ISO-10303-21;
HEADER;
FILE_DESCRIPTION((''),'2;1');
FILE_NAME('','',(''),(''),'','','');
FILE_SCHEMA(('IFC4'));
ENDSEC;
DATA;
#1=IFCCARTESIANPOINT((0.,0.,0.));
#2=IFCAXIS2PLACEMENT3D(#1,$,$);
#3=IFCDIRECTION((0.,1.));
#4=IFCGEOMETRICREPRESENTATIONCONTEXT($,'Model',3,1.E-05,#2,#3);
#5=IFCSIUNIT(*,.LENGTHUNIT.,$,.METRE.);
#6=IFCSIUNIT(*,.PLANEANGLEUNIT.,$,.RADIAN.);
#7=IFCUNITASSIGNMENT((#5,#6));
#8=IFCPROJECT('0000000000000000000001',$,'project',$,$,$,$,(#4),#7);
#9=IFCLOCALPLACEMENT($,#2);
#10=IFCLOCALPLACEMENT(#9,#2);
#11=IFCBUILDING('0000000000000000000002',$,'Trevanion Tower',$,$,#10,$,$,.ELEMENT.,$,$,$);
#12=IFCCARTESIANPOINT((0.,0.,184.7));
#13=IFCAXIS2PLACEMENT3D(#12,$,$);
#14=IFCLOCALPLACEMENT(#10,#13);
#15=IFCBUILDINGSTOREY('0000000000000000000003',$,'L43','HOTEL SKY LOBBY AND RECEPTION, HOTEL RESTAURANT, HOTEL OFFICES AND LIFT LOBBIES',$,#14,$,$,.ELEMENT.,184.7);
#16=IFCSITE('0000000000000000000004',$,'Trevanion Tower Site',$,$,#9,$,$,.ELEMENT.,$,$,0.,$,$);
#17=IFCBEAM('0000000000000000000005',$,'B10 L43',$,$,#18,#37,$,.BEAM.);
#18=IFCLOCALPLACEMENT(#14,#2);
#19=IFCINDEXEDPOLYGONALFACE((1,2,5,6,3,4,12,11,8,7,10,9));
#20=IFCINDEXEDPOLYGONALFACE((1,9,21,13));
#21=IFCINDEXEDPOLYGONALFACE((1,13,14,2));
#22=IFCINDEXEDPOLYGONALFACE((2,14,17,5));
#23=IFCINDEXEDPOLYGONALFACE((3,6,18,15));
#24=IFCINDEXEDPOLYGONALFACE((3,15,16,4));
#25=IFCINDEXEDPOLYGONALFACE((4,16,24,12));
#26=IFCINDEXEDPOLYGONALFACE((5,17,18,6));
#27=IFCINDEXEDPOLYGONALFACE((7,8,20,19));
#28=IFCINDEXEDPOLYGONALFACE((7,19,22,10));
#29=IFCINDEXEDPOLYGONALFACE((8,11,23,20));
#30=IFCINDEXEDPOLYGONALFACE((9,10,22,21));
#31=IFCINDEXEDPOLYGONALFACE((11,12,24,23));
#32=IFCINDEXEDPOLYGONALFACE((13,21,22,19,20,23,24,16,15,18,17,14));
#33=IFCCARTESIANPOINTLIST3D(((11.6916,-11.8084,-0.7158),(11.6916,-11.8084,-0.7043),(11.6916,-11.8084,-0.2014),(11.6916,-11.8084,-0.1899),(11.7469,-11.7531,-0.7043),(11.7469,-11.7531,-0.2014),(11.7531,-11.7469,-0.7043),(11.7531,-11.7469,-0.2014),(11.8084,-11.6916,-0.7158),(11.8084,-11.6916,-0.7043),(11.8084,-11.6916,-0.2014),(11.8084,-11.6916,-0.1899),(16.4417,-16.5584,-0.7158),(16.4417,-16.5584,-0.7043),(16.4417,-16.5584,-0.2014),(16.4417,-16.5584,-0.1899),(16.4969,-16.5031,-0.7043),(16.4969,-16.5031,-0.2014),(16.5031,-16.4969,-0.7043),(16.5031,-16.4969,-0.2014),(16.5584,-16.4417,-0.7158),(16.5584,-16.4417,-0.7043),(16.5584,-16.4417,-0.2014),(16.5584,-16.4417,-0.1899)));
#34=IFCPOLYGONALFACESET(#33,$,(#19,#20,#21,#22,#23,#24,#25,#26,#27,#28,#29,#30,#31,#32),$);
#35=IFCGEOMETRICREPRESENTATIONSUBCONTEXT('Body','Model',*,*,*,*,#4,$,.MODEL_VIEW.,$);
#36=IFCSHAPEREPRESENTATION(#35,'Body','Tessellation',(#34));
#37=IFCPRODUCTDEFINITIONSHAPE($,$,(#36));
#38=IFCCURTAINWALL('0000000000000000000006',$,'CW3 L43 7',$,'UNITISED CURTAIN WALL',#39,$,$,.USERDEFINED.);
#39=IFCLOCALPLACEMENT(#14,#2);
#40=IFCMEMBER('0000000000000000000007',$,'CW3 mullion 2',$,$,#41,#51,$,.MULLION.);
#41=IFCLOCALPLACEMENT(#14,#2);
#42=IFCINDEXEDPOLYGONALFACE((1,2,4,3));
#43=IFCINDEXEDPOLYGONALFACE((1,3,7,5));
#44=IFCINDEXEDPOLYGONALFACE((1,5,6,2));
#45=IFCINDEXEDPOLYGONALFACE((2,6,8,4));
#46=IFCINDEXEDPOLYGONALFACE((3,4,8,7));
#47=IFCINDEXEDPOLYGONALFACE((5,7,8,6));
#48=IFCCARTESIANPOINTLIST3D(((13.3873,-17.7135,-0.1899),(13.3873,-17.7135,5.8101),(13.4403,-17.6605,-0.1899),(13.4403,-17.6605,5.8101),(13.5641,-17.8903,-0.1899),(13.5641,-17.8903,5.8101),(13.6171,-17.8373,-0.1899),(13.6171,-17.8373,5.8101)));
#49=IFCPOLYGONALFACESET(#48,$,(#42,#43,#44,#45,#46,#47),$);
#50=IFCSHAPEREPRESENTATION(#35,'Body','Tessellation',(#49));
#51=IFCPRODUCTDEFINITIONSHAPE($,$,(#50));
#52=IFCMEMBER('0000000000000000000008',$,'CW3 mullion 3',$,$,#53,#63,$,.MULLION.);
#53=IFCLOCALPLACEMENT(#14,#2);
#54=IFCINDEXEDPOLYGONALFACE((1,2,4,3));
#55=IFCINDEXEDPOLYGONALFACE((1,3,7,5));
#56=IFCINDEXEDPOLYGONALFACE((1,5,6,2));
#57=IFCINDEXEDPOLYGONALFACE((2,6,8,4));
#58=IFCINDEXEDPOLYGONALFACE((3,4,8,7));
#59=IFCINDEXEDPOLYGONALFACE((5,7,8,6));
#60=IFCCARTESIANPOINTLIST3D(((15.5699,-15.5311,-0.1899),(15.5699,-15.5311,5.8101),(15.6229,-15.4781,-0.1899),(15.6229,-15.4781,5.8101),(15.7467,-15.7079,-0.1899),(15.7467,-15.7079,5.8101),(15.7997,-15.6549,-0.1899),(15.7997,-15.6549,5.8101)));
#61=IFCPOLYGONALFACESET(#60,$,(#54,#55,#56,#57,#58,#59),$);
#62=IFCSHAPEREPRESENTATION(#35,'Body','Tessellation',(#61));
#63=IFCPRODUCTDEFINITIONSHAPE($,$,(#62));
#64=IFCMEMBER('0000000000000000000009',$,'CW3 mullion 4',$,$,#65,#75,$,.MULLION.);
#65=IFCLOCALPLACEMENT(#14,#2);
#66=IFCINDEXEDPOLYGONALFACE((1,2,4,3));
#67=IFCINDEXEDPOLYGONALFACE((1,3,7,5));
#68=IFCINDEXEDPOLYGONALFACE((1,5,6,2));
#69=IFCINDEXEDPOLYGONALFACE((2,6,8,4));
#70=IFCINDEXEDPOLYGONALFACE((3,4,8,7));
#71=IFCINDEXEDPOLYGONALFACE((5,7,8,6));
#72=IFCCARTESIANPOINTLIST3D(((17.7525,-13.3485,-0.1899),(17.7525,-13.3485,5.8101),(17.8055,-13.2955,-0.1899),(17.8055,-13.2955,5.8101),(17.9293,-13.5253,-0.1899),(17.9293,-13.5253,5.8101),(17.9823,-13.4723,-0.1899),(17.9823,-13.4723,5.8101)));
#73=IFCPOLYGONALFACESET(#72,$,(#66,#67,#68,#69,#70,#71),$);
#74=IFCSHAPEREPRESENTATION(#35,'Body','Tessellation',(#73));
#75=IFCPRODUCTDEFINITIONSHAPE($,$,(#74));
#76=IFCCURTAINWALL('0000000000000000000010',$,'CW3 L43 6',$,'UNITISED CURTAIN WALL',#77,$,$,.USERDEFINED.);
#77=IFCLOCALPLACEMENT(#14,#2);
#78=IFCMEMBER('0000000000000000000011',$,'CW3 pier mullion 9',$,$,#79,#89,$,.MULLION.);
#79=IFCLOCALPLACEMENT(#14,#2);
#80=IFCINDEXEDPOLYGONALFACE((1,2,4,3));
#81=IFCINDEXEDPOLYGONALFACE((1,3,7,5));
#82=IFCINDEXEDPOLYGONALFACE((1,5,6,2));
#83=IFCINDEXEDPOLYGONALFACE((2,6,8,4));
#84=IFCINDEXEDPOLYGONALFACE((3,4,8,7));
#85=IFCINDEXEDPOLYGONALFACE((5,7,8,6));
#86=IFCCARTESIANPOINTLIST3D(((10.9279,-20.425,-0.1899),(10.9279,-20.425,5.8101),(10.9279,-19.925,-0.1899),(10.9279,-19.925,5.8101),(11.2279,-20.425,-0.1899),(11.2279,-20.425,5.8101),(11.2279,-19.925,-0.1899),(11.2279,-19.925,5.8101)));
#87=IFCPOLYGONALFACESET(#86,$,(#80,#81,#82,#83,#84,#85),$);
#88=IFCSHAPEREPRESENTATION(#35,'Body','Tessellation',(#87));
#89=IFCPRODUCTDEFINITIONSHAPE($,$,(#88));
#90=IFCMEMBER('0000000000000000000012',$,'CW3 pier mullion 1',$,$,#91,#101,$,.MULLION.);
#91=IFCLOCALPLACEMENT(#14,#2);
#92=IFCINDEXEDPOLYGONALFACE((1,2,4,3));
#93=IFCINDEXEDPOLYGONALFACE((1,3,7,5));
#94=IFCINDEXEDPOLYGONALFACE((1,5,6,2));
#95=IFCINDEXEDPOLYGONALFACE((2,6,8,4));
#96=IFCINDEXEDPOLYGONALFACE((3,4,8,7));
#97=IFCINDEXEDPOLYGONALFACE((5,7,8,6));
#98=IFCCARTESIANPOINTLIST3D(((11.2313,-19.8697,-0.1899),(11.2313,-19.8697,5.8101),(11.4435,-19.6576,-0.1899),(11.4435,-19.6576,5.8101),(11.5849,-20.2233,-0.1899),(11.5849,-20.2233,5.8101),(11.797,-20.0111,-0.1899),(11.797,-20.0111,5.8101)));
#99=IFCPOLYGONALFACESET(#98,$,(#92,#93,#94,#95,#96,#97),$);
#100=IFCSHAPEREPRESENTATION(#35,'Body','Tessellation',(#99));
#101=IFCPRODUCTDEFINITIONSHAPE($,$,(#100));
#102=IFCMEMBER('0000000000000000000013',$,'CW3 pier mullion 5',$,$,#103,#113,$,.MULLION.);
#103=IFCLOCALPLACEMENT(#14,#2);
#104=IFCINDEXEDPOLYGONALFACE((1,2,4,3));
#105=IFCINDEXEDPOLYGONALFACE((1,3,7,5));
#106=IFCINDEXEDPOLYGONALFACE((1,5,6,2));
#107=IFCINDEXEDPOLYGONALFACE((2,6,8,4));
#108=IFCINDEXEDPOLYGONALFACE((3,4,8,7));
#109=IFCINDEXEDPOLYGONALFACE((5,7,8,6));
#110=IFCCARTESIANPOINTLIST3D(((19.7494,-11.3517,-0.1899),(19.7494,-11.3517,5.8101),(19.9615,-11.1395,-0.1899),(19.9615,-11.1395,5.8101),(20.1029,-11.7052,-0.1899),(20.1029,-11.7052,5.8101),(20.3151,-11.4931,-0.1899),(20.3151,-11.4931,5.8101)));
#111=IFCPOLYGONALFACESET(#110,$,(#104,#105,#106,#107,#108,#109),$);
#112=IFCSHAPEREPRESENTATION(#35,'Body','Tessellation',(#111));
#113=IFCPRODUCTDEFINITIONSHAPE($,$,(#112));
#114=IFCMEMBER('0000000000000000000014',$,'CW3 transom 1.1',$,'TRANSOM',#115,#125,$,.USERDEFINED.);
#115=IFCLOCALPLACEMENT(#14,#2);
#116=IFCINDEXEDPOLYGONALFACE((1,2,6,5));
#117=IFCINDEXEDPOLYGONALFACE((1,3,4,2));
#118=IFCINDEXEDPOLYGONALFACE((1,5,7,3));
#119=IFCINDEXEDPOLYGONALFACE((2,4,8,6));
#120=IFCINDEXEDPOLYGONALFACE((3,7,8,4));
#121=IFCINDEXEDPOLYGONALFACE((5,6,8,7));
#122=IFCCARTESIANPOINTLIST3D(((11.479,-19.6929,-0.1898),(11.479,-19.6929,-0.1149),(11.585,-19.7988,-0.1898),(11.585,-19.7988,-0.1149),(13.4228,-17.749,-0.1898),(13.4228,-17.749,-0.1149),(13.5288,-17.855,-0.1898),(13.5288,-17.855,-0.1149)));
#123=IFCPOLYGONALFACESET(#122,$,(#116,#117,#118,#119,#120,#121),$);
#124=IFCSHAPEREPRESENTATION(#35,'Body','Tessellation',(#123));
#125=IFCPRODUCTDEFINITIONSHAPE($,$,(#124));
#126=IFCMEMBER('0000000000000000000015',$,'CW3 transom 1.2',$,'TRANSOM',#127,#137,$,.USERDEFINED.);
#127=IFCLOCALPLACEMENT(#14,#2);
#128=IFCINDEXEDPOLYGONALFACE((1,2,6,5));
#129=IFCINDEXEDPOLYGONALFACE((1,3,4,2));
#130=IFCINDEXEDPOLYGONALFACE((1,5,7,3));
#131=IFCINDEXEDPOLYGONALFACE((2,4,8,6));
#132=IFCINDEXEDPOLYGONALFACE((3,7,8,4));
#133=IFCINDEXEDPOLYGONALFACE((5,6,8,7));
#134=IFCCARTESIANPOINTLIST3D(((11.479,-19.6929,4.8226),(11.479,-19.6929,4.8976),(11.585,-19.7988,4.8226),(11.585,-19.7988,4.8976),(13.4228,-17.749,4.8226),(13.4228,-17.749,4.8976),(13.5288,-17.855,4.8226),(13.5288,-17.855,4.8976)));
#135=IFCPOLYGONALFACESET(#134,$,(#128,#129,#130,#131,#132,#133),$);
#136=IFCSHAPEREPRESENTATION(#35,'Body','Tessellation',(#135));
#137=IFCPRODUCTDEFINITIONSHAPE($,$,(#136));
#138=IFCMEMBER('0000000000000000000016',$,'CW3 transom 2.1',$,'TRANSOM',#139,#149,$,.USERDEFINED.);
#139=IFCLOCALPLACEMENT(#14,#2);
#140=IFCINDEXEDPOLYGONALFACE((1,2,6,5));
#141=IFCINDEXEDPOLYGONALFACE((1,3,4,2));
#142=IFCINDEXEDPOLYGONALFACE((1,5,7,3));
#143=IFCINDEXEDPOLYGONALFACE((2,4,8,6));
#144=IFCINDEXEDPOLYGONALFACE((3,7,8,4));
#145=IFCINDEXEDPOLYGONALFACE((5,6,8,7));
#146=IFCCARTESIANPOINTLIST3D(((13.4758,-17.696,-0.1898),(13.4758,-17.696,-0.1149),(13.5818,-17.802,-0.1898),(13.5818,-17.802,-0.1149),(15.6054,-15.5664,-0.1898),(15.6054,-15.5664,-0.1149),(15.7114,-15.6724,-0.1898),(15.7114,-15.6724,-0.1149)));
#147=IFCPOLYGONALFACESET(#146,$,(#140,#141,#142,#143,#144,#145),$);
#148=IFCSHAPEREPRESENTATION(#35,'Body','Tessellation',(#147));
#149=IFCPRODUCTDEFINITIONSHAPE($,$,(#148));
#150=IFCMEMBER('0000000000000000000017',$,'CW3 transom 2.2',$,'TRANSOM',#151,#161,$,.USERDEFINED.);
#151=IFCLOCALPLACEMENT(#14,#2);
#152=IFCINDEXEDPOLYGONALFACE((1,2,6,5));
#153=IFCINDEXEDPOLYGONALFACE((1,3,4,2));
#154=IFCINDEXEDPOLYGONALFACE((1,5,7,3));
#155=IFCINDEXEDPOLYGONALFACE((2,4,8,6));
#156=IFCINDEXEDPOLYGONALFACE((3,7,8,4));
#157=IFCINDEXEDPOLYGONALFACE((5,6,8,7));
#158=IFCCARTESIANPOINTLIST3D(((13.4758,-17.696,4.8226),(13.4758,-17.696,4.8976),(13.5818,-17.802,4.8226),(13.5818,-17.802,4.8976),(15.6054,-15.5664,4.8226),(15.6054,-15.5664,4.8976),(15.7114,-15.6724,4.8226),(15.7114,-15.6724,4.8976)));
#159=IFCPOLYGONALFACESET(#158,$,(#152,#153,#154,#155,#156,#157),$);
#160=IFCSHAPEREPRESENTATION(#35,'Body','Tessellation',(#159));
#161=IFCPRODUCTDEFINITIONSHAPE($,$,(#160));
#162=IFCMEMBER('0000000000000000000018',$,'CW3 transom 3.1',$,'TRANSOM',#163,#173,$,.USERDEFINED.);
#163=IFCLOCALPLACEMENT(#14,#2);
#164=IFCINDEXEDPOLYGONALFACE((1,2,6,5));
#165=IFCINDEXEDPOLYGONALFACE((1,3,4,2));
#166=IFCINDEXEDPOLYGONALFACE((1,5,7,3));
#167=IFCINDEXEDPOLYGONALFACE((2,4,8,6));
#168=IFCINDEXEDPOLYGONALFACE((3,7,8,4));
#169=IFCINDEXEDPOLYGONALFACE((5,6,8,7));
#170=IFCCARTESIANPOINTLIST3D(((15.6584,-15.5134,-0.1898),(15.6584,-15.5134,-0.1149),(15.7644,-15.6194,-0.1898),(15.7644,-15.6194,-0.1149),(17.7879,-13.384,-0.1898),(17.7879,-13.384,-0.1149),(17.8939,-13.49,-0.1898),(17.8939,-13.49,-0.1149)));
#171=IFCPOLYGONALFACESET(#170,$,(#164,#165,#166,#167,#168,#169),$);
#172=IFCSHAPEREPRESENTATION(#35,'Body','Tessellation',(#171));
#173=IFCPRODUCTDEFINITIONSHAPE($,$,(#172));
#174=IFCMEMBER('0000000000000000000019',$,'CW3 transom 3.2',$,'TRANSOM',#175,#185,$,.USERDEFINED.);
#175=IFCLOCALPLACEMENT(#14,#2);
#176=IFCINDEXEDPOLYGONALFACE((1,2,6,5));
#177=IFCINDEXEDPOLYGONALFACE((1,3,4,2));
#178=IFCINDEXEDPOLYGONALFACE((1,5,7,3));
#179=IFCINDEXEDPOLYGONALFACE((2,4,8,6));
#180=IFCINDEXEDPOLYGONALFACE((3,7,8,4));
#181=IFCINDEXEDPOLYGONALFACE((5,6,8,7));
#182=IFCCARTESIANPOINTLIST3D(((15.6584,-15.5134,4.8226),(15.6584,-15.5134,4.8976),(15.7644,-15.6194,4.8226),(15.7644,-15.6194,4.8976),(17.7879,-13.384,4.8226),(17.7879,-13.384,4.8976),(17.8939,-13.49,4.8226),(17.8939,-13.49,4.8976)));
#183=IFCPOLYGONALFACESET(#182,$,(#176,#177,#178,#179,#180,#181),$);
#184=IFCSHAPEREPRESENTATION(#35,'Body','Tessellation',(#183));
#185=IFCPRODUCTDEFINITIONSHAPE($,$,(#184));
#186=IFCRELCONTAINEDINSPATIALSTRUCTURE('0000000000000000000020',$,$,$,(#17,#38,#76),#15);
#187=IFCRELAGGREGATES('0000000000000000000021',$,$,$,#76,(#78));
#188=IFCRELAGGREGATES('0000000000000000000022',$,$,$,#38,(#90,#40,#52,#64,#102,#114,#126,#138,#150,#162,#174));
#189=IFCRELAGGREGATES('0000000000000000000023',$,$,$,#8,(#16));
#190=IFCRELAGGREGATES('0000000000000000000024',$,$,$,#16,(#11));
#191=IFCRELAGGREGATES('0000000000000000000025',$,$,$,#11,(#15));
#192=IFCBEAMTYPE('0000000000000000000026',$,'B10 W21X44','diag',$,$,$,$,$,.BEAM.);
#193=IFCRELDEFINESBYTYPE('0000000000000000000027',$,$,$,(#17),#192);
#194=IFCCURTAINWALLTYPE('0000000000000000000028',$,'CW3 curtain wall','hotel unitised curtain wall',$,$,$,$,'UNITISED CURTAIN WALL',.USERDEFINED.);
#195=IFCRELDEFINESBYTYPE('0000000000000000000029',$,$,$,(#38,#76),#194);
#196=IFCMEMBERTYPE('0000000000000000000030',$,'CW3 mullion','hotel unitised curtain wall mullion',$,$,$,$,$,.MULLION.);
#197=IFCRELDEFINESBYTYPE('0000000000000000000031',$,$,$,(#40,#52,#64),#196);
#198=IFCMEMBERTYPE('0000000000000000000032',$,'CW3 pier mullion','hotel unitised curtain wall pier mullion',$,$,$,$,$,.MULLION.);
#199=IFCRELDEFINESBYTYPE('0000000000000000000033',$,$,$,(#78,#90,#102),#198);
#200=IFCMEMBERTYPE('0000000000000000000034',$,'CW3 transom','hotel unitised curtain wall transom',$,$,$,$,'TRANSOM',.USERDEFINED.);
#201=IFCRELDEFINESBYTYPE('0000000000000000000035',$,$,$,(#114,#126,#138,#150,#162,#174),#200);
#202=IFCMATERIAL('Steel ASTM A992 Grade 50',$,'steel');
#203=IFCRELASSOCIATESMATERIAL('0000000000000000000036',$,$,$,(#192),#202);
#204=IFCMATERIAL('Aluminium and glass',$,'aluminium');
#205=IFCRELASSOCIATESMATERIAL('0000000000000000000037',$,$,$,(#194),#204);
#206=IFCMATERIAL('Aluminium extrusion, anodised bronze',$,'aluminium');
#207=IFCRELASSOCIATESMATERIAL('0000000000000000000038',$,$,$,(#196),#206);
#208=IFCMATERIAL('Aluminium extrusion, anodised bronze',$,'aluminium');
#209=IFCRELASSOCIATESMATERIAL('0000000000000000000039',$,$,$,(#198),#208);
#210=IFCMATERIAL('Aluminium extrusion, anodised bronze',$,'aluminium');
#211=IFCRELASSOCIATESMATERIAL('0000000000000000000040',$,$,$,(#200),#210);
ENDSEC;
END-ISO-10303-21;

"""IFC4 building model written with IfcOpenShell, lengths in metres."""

from ifc_helpers import new_model, si_unit, direction, frame, origin, origin_2d, place, context, subcontext, project, spatial, rectangle, i_section, extrude, material, material_profile, profile_set, type_object, element, aggregate, save


model = new_model("IFC4")

# Units and contexts
model_context = context("Model", 3, precision=1e-05, world=origin(), true_north=direction((0.0, 1.0)))
body_context = subcontext(model_context, "Body", "Model", "MODEL_VIEW")
ifc_project = project(units=[si_unit("LENGTHUNIT", "METRE"), si_unit("PLANEANGLEUNIT", "RADIAN")], contexts=[model_context])

# Site, building, storey
site_placement = place(None, origin())
site = spatial("IfcSite", under=ifc_project, at=site_placement, Name="Trevanion Tower Site", CompositionType="ELEMENT", RefElevation=0.0)
building_placement = place(site_placement, origin())
building = spatial("IfcBuilding", under=site, at=building_placement, Name="Trevanion Tower", CompositionType="ELEMENT")
storey_placement = place(building_placement, frame((0.0, 0.0, 184.7)))
storey = spatial("IfcBuildingStorey", under=building, at=storey_placement, Name="L43", Description="HOTEL SKY LOBBY AND RECEPTION, HOTEL RESTAURANT, HOTEL OFFICES AND LIFT LOBBIES", CompositionType="ELEMENT", Elevation=184.7)

# Beam
ifc_material_1 = material(Name="Steel ASTM A992 Grade 50", Category="steel")
ifc_material_profile_1 = material_profile(ifc_material_1, i_section(OverallWidth=0.165, OverallDepth=0.5259, WebThickness=0.0088, FlangeThickness=0.0115, at=origin_2d()), Name="W21X44")
ifc_profile_set_1 = profile_set([ifc_material_profile_1], Name="Steel ASTM A992 Grade 50")
beam_type = type_object("IfcBeamType", Name="B10 W21X44", Description="diag", PredefinedType="BEAM", material=ifc_profile_set_1)
beam_placement = place(storey_placement, frame((11.75, -11.75, -0.4529), z_axis=(0.707107, -0.707107, 0.0), x_axis=(0.707107, 0.707107, 0.0)))
element("IfcBeam", 1, at=beam_placement, inside=storey, type_object=beam_type, Name="B10 L43", PredefinedType="BEAM", context=body_context, shape_type="SweptSolid", body=[
    extrude(i_section(OverallWidth=0.165, OverallDepth=0.5259, WebThickness=0.0088, FlangeThickness=0.0115, at=origin_2d()), origin(), (0.0, 0.0, 1.0), 6.7175),
])

# Curtain wall, members
ifc_material_2 = material(Name="Aluminium and glass", Category="aluminium")
curtain_wall_type = type_object("IfcCurtainWallType", Name="CW3 curtain wall", Description="hotel unitised curtain wall", ElementType="UNITISED CURTAIN WALL", PredefinedType="USERDEFINED", material=ifc_material_2)
curtain_wall_1_placement = place(storey_placement, origin())
curtain_wall_1 = element("IfcCurtainWall", 2, at=curtain_wall_1_placement, inside=storey, type_object=curtain_wall_type, Name="CW3 L43 7", ObjectType="UNITISED CURTAIN WALL", PredefinedType="USERDEFINED")
ifc_material_3 = material(Name="Aluminium extrusion, anodised bronze", Category="aluminium")
ifc_material_profile_2 = material_profile(ifc_material_3, rectangle(XDim=0.075, YDim=0.25, at=origin_2d()), Name="CW3 mullion")
ifc_profile_set_2 = profile_set([ifc_material_profile_2], Name="Aluminium extrusion, anodised bronze")
member_type_1 = type_object("IfcMemberType", Name="CW3 mullion", Description="hotel unitised curtain wall mullion", PredefinedType="MULLION", material=ifc_profile_set_2)
member_1_placement = place(storey_placement, frame((13.5022, -17.7754, -0.1899), z_axis=(0.0, 0.0, 1.0), x_axis=(0.707107, 0.707107, 0.0)))
member_1 = element("IfcMember", 3, at=member_1_placement, type_object=member_type_1, Name="CW3 mullion 2", PredefinedType="MULLION", context=body_context, shape_type="SweptSolid", body=[
    extrude(rectangle(XDim=0.075, YDim=0.25, at=origin_2d()), origin(), (0.0, 0.0, 1.0), 6.0),
])
member_2_placement = place(storey_placement, frame((15.6848, -15.593, -0.1899), z_axis=(0.0, 0.0, 1.0), x_axis=(0.707107, 0.707107, 0.0)))
member_2 = element("IfcMember", 4, at=member_2_placement, type_object=member_type_1, Name="CW3 mullion 3", PredefinedType="MULLION", context=body_context, shape_type="SweptSolid", body=[
    extrude(rectangle(XDim=0.075, YDim=0.25, at=origin_2d()), origin(), (0.0, 0.0, 1.0), 6.0),
])
member_3_placement = place(storey_placement, frame((17.8674, -13.4104, -0.1899), z_axis=(0.0, 0.0, 1.0), x_axis=(0.707107, 0.707107, 0.0)))
member_3 = element("IfcMember", 5, at=member_3_placement, type_object=member_type_1, Name="CW3 mullion 4", PredefinedType="MULLION", context=body_context, shape_type="SweptSolid", body=[
    extrude(rectangle(XDim=0.075, YDim=0.25, at=origin_2d()), origin(), (0.0, 0.0, 1.0), 6.0),
])

# Curtain wall, member
curtain_wall_2_placement = place(storey_placement, origin())
curtain_wall_2 = element("IfcCurtainWall", 6, at=curtain_wall_2_placement, inside=storey, type_object=curtain_wall_type, Name="CW3 L43 6", ObjectType="UNITISED CURTAIN WALL", PredefinedType="USERDEFINED")
ifc_material_4 = material(Name="Aluminium extrusion, anodised bronze", Category="aluminium")
ifc_material_profile_3 = material_profile(ifc_material_4, rectangle(XDim=0.3, YDim=0.5, at=origin_2d()), Name="CW3 pier mullion")
ifc_profile_set_3 = profile_set([ifc_material_profile_3], Name="Aluminium extrusion, anodised bronze")
member_type_2 = type_object("IfcMemberType", Name="CW3 pier mullion", Description="hotel unitised curtain wall pier mullion", PredefinedType="MULLION", material=ifc_profile_set_3)
member_4_placement = place(storey_placement, frame((11.0779, -20.175, -0.1899), z_axis=(0.0, 0.0, 1.0), x_axis=(1.0, 0.0, 0.0)))
member_4 = element("IfcMember", 7, at=member_4_placement, type_object=member_type_2, Name="CW3 pier mullion 9", PredefinedType="MULLION", context=body_context, shape_type="SweptSolid", body=[
    extrude(rectangle(XDim=0.3, YDim=0.5, at=origin_2d()), origin(), (0.0, 0.0, 1.0), 6.0),
])
aggregate(curtain_wall_2, [member_4])

# Members
member_5_placement = place(storey_placement, frame((11.5142, -19.9404, -0.1899), z_axis=(0.0, 0.0, 1.0), x_axis=(0.707107, 0.707107, 0.0)))
member_5 = element("IfcMember", 8, at=member_5_placement, type_object=member_type_2, Name="CW3 pier mullion 1", PredefinedType="MULLION", context=body_context, shape_type="SweptSolid", body=[
    extrude(rectangle(XDim=0.3, YDim=0.5, at=origin_2d()), origin(), (0.0, 0.0, 1.0), 6.0),
])
member_6_placement = place(storey_placement, frame((20.0322, -11.4224, -0.1899), z_axis=(0.0, 0.0, 1.0), x_axis=(0.707107, 0.707107, 0.0)))
member_6 = element("IfcMember", 9, at=member_6_placement, type_object=member_type_2, Name="CW3 pier mullion 5", PredefinedType="MULLION", context=body_context, shape_type="SweptSolid", body=[
    extrude(rectangle(XDim=0.3, YDim=0.5, at=origin_2d()), origin(), (0.0, 0.0, 1.0), 6.0),
])
ifc_material_5 = material(Name="Aluminium extrusion, anodised bronze", Category="aluminium")
ifc_material_profile_4 = material_profile(ifc_material_5, rectangle(XDim=0.1499, YDim=0.075, at=origin_2d()), Name="CW3 transom")
ifc_profile_set_4 = profile_set([ifc_material_profile_4], Name="Aluminium extrusion, anodised bronze")
member_type_3 = type_object("IfcMemberType", Name="CW3 transom", Description="hotel unitised curtain wall transom", ElementType="TRANSOM", PredefinedType="USERDEFINED", material=ifc_profile_set_4)
member_7_placement = place(storey_placement, frame((11.532, -19.7458, -0.1523), z_axis=(0.707107, 0.707107, 0.0), x_axis=(-0.707107, 0.707107, 0.0)))
member_7 = element("IfcMember", 10, at=member_7_placement, type_object=member_type_3, Name="CW3 transom 1.1", ObjectType="TRANSOM", PredefinedType="USERDEFINED", context=body_context, shape_type="SweptSolid", body=[
    extrude(rectangle(XDim=0.1499, YDim=0.075, at=origin_2d()), origin(), (0.0, 0.0, 1.0), 2.749),
])
member_8_placement = place(storey_placement, frame((11.532, -19.7458, 4.8601), z_axis=(0.707107, 0.707107, 0.0), x_axis=(-0.707107, 0.707107, 0.0)))
member_8 = element("IfcMember", 11, at=member_8_placement, type_object=member_type_3, Name="CW3 transom 1.2", ObjectType="TRANSOM", PredefinedType="USERDEFINED", context=body_context, shape_type="SweptSolid", body=[
    extrude(rectangle(XDim=0.1499, YDim=0.075, at=origin_2d()), origin(), (0.0, 0.0, 1.0), 2.749),
])
member_9_placement = place(storey_placement, frame((13.5288, -17.749, -0.1523), z_axis=(0.707107, 0.707107, 0.0), x_axis=(-0.707107, 0.707107, 0.0)))
member_9 = element("IfcMember", 12, at=member_9_placement, type_object=member_type_3, Name="CW3 transom 2.1", ObjectType="TRANSOM", PredefinedType="USERDEFINED", context=body_context, shape_type="SweptSolid", body=[
    extrude(rectangle(XDim=0.1499, YDim=0.075, at=origin_2d()), origin(), (0.0, 0.0, 1.0), 3.0117),
])
member_10_placement = place(storey_placement, frame((13.5288, -17.749, 4.8601), z_axis=(0.707107, 0.707107, 0.0), x_axis=(-0.707107, 0.707107, 0.0)))
member_10 = element("IfcMember", 13, at=member_10_placement, type_object=member_type_3, Name="CW3 transom 2.2", ObjectType="TRANSOM", PredefinedType="USERDEFINED", context=body_context, shape_type="SweptSolid", body=[
    extrude(rectangle(XDim=0.1499, YDim=0.075, at=origin_2d()), origin(), (0.0, 0.0, 1.0), 3.0117),
])
member_11_placement = place(storey_placement, frame((15.7114, -15.5664, -0.1523), z_axis=(0.707107, 0.707107, 0.0), x_axis=(-0.707107, 0.707107, 0.0)))
member_11 = element("IfcMember", 14, at=member_11_placement, type_object=member_type_3, Name="CW3 transom 3.1", ObjectType="TRANSOM", PredefinedType="USERDEFINED", context=body_context, shape_type="SweptSolid", body=[
    extrude(rectangle(XDim=0.1499, YDim=0.075, at=origin_2d()), origin(), (0.0, 0.0, 1.0), 3.0115),
])
member_12_placement = place(storey_placement, frame((15.7114, -15.5664, 4.8601), z_axis=(0.707107, 0.707107, 0.0), x_axis=(-0.707107, 0.707107, 0.0)))
member_12 = element("IfcMember", 15, at=member_12_placement, type_object=member_type_3, Name="CW3 transom 3.2", ObjectType="TRANSOM", PredefinedType="USERDEFINED", context=body_context, shape_type="SweptSolid", body=[
    extrude(rectangle(XDim=0.1499, YDim=0.075, at=origin_2d()), origin(), (0.0, 0.0, 1.0), 3.0115),
])

aggregate(curtain_wall_1, [member_5, member_1, member_2, member_3, member_6, member_7, member_8, member_9, member_10, member_11, member_12])

save(model, "model.ifc")
